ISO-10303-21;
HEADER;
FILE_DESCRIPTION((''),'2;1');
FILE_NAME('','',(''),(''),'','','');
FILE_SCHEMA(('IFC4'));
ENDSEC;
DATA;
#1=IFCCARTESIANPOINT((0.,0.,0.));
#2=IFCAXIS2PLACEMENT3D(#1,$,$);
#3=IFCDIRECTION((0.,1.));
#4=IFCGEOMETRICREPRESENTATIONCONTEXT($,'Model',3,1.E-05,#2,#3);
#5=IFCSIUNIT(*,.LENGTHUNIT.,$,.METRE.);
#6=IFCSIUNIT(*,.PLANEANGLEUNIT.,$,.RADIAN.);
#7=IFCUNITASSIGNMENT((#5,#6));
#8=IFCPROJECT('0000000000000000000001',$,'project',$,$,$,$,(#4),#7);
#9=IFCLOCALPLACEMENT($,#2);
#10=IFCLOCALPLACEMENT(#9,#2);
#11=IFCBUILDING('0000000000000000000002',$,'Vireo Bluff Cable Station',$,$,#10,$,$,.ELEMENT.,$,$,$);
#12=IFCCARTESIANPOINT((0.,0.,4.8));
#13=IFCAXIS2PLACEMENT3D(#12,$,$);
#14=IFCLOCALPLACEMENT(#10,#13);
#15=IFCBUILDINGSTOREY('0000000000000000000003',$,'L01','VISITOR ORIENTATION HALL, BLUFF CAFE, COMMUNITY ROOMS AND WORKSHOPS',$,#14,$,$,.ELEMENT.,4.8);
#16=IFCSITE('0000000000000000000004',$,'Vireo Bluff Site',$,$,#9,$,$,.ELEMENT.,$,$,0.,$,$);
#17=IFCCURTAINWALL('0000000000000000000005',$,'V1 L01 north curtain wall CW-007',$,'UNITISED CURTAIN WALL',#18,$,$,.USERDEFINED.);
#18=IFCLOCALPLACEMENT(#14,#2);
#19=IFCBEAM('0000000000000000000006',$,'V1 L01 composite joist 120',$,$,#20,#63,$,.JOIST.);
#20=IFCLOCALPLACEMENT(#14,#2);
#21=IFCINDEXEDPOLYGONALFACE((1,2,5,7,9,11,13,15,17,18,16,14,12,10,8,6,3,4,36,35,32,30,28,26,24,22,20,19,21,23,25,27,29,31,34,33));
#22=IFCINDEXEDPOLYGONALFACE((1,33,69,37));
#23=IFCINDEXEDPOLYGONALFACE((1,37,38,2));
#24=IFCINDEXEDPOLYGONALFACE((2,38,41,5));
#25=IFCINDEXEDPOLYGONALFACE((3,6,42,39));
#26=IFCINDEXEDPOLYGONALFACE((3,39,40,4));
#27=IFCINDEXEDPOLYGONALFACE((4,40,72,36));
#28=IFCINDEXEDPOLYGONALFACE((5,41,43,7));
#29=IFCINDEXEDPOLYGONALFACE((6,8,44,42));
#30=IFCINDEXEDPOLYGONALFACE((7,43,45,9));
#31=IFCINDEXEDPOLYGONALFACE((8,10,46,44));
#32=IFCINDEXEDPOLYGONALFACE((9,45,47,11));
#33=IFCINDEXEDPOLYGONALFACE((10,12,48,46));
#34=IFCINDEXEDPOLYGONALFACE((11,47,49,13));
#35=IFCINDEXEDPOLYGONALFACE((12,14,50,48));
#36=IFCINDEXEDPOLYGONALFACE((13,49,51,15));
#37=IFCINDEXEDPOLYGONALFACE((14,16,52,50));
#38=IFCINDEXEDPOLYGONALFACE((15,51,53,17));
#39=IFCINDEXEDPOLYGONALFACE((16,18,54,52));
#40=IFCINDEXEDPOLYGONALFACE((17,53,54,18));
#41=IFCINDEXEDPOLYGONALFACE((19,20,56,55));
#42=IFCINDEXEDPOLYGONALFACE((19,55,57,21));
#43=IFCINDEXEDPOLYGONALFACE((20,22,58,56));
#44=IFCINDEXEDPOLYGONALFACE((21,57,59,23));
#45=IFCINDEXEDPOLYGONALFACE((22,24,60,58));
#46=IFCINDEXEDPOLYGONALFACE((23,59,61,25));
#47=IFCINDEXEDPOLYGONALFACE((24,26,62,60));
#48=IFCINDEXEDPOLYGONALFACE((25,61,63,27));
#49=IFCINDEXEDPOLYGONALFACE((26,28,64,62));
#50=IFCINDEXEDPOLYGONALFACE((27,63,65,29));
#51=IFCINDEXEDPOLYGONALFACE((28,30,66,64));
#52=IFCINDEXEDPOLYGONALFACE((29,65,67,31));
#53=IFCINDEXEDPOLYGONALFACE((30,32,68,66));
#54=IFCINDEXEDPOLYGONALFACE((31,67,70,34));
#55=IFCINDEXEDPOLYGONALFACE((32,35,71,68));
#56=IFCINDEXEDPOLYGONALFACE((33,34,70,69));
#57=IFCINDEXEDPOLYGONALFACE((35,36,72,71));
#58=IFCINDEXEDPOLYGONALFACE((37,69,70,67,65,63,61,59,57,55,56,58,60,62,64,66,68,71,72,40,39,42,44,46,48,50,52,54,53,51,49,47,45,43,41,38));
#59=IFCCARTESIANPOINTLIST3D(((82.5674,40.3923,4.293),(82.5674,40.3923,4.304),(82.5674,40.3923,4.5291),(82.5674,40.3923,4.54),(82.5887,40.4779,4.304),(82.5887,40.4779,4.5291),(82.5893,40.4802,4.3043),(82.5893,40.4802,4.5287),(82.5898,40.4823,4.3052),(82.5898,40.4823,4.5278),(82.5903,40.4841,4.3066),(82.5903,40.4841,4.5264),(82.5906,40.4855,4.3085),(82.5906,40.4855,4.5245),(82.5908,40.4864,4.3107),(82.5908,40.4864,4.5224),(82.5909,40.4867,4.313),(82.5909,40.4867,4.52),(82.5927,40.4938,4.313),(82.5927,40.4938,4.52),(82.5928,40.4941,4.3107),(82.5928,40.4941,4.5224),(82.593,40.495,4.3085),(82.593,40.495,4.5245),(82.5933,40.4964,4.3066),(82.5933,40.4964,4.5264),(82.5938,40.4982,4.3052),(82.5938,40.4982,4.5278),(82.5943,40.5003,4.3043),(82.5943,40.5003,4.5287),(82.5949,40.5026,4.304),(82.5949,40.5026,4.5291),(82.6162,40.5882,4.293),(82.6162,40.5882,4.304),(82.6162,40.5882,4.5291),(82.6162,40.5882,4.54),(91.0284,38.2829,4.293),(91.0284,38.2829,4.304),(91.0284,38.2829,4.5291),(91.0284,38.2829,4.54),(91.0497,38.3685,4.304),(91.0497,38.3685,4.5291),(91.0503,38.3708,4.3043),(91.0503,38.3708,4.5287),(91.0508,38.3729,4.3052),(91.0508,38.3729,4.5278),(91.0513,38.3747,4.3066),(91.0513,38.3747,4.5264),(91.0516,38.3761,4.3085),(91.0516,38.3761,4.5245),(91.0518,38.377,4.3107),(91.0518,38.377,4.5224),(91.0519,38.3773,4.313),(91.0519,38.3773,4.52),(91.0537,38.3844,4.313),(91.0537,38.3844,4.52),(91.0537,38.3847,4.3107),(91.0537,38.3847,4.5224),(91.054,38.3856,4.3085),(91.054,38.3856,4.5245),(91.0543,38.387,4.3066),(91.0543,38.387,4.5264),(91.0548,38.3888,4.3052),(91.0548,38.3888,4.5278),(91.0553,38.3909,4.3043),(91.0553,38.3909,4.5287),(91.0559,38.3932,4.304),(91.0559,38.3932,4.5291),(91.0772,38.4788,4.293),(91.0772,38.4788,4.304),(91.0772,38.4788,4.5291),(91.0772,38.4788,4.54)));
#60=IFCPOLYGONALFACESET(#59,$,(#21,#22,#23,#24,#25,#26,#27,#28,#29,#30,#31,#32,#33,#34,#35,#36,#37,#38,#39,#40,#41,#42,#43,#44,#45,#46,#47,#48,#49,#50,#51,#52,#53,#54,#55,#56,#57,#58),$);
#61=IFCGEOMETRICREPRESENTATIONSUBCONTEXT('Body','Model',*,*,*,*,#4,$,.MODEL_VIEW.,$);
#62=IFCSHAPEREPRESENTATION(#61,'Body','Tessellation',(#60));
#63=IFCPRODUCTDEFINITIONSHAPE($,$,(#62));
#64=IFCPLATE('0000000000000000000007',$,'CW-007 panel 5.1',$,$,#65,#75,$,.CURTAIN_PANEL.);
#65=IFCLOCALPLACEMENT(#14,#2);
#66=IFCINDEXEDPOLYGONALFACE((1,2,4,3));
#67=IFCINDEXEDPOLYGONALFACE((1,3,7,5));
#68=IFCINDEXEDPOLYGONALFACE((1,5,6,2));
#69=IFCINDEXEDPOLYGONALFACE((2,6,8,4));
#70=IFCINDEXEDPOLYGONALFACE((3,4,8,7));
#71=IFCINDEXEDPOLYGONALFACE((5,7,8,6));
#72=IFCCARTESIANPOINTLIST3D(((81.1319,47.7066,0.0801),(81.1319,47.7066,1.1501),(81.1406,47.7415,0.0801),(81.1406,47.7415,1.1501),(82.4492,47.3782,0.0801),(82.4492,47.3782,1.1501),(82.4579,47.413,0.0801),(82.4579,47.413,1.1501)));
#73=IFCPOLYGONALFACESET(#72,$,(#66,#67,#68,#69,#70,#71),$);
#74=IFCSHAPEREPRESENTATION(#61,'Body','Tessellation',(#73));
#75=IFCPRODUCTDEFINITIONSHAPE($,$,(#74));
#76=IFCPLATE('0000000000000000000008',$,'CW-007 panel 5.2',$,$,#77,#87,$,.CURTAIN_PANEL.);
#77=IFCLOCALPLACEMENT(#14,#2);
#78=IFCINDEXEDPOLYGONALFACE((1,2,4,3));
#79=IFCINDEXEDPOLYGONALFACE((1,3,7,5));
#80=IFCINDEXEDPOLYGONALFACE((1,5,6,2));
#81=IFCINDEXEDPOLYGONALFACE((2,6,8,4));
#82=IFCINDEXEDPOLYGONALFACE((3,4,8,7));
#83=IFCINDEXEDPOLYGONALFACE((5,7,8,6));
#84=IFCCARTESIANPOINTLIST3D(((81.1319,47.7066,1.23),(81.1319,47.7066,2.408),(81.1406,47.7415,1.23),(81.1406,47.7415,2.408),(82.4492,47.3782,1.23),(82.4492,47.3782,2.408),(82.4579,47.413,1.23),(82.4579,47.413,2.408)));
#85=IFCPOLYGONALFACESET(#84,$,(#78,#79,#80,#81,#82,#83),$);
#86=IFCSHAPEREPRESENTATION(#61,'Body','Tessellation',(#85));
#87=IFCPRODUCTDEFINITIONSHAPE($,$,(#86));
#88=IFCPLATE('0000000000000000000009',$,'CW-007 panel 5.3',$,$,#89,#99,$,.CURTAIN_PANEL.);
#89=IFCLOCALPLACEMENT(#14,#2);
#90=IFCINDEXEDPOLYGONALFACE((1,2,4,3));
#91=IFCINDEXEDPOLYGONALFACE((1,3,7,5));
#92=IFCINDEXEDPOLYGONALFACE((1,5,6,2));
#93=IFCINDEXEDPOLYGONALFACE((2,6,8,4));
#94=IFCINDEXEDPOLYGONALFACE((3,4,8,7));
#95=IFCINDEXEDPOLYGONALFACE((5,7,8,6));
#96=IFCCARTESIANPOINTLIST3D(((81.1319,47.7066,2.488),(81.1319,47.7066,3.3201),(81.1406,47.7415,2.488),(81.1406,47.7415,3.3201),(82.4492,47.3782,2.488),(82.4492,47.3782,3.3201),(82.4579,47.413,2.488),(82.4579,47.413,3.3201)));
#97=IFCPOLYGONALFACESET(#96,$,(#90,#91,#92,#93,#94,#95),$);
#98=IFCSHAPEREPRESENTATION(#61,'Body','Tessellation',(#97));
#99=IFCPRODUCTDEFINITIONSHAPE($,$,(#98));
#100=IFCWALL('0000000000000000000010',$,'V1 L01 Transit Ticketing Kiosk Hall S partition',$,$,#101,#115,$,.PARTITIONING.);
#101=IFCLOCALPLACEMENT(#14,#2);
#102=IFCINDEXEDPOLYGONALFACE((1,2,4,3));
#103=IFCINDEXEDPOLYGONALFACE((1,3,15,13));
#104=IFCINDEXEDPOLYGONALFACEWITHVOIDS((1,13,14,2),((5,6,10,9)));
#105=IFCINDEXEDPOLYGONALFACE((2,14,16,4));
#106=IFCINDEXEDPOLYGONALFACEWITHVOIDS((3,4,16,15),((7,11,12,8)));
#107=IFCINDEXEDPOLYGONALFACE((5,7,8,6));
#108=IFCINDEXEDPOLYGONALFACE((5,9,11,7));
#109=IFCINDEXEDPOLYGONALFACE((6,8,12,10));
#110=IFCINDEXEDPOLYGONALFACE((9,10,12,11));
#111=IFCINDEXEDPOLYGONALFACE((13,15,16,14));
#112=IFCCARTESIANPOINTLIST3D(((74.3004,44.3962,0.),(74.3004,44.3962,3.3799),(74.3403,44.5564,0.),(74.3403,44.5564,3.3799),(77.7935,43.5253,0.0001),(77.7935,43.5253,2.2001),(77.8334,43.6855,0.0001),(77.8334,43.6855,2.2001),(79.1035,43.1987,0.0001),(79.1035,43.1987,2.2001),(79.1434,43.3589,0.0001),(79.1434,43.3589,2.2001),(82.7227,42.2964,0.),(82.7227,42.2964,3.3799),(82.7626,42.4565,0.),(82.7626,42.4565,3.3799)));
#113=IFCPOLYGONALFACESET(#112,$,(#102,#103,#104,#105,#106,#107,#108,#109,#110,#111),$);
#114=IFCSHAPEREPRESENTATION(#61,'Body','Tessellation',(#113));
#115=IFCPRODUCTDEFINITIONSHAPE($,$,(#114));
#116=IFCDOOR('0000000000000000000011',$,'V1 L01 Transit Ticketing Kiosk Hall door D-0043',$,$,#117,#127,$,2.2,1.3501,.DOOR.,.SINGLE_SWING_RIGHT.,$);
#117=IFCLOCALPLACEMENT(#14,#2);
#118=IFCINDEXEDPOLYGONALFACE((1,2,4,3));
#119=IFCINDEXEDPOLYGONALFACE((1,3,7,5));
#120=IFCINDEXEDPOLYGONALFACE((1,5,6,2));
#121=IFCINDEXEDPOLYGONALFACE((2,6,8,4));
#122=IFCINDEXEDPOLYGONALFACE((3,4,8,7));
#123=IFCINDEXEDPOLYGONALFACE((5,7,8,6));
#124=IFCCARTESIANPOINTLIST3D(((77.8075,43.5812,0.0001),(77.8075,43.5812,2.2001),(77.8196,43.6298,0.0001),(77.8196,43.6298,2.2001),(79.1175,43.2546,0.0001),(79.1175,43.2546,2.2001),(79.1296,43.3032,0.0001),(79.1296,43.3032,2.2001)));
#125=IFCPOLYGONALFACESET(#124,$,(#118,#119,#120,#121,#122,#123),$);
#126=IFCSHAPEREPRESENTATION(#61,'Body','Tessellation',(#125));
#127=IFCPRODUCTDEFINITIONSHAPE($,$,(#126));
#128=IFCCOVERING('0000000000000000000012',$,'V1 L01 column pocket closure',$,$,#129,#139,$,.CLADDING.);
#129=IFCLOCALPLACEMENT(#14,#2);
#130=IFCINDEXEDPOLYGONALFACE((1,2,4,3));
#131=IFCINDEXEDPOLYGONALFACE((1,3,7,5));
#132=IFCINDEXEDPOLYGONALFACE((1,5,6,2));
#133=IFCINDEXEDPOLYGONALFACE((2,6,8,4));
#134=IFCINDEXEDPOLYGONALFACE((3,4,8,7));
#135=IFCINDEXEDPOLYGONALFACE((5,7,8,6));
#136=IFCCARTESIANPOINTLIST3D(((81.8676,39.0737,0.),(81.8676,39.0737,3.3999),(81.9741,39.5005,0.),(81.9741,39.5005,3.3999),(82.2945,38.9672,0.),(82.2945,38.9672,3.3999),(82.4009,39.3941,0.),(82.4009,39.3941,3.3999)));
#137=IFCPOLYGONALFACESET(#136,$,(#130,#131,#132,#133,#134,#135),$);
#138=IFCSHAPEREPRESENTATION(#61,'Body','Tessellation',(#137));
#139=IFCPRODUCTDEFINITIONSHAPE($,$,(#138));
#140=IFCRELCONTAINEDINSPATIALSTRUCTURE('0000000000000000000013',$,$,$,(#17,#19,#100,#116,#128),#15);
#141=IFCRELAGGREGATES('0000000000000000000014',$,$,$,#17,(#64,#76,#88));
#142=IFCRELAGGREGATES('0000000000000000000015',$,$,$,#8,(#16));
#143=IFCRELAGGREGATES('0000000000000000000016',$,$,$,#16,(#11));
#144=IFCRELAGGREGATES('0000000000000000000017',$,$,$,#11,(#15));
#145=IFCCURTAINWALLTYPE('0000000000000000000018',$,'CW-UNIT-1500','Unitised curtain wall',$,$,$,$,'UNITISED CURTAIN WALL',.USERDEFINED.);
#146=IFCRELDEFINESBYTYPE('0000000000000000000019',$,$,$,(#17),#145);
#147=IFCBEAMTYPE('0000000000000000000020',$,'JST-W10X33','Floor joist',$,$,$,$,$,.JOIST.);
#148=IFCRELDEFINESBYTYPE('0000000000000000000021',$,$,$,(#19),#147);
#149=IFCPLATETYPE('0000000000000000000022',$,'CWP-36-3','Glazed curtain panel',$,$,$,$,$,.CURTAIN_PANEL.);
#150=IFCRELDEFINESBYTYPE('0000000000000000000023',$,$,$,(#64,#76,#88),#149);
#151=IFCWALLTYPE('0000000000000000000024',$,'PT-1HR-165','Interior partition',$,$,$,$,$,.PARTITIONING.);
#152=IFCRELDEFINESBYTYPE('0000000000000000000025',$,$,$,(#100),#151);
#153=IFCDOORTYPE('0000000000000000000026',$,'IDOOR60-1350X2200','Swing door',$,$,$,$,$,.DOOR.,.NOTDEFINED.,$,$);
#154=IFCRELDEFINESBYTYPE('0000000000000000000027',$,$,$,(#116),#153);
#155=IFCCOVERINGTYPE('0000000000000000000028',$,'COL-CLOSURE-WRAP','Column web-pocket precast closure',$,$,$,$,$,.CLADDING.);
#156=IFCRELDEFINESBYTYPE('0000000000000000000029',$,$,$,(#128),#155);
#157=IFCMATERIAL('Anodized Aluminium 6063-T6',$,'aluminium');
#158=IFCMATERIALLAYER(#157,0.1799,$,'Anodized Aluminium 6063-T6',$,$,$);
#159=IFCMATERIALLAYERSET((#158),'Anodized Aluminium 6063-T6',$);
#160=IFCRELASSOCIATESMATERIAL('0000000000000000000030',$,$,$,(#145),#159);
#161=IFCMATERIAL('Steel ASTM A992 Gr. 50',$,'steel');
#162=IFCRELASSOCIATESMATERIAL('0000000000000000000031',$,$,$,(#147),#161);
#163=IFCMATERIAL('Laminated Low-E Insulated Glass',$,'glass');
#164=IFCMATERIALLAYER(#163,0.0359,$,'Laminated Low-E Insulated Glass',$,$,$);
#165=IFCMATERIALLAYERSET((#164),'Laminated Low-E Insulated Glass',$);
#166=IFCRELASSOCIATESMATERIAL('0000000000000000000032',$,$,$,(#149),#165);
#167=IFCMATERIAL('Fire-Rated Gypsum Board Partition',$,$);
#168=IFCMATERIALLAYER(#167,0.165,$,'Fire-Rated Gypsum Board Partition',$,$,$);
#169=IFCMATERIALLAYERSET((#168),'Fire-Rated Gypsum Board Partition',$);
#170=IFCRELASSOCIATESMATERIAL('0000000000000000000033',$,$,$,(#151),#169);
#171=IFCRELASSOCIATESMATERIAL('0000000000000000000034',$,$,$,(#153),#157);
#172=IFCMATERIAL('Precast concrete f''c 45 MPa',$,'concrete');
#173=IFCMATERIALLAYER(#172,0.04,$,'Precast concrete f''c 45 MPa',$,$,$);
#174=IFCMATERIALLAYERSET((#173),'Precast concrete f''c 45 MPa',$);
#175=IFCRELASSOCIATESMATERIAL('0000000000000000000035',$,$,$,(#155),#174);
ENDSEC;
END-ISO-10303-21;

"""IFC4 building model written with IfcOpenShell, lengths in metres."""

from ifc_helpers import new_model, si_unit, direction, frame, frame_2d, origin, origin_with_axes, origin_2d, place, context, subcontext, project, spatial, rectangle, i_section, extrude, material, layer, layer_set, material_profile, profile_set, type_object, element, fill, aggregate, save


model = new_model("IFC4")

# Units and contexts
model_context = context("Model", 3, precision=1e-05, world=origin(), true_north=direction((0.0, 1.0)))
body_context = subcontext(model_context, "Body", "Model", "MODEL_VIEW")
ifc_project = project(units=[si_unit("LENGTHUNIT", "METRE"), si_unit("PLANEANGLEUNIT", "RADIAN")], contexts=[model_context])

# Site, building, storey
site_placement = place(None, origin())
site = spatial("IfcSite", under=ifc_project, at=site_placement, Name="Vireo Bluff Site", CompositionType="ELEMENT", RefElevation=0.0)
building_placement = place(site_placement, origin())
building = spatial("IfcBuilding", under=site, at=building_placement, Name="Vireo Bluff Cable Station", CompositionType="ELEMENT")
storey_placement = place(building_placement, frame((0.0, 0.0, 4.8)))
storey = spatial("IfcBuildingStorey", under=building, at=storey_placement, Name="L01", Description="VISITOR ORIENTATION HALL, BLUFF CAFE, COMMUNITY ROOMS AND WORKSHOPS", CompositionType="ELEMENT", Elevation=4.8)

# Shared definitions
ifc_material_1 = material(Name="Steel ASTM A992 Gr. 50", Category="steel")

# Shared definitions
ifc_material_2 = material(Name="Anodized Aluminium 6063-T6", Category="aluminium")

# Curtain wall
ifc_layer_1 = layer(ifc_material_2, 0.1799, Name="Anodized Aluminium 6063-T6")
ifc_layer_set_1 = layer_set([ifc_layer_1], Name="Anodized Aluminium 6063-T6")
curtain_wall_type_1 = type_object("IfcCurtainWallType", Name="CW-UNIT-1500", Description="Unitised curtain wall", ElementType="UNITISED CURTAIN WALL", PredefinedType="USERDEFINED", material=ifc_layer_set_1)
curtain_wall_1_placement = place(storey_placement, origin())
curtain_wall_1 = element("IfcCurtainWall", 1, at=curtain_wall_1_placement, inside=storey, type_object=curtain_wall_type_1, Name="V1 L01 north curtain wall CW-007", ObjectType="UNITISED CURTAIN WALL", PredefinedType="USERDEFINED")

# Beam
ifc_material_profile_1 = material_profile(ifc_material_1, i_section(OverallWidth=0.2019, OverallDepth=0.2471, WebThickness=0.0073, FlangeThickness=0.011, FilletRadius=0.009, at=origin_2d()), Name="W10X33")
ifc_profile_set_1 = profile_set([ifc_material_profile_1], Name="Steel ASTM A992 Gr. 50")
beam_type_1 = type_object("IfcBeamType", Name="JST-W10X33", Description="Floor joist", PredefinedType="JOIST", material=ifc_profile_set_1)
beam_1_placement = place(storey_placement, frame((82.5918, 40.4902, 4.4165), z_axis=(0.9703, -0.241903, 0.0), x_axis=(0.241903, 0.9703, 0.0)))
element("IfcBeam", 2, at=beam_1_placement, inside=storey, type_object=beam_type_1, Name="V1 L01 composite joist 120", PredefinedType="JOIST", context=body_context, shape_type="SweptSolid", body=[
    extrude(i_section(OverallWidth=0.2019, OverallDepth=0.2471, WebThickness=0.0073, FlangeThickness=0.011, FilletRadius=0.009, at=origin_2d()), origin(), (0.0, 0.0, 1.0), 8.72),
])

# Plates
ifc_material_3 = material(Name="Laminated Low-E Insulated Glass", Category="glass")
ifc_layer_2 = layer(ifc_material_3, 0.0359, Name="Laminated Low-E Insulated Glass")
ifc_layer_set_2 = layer_set([ifc_layer_2], Name="Laminated Low-E Insulated Glass")
plate_type = type_object("IfcPlateType", Name="CWP-36-3", Description="Glazed curtain panel", PredefinedType="CURTAIN_PANEL", material=ifc_layer_set_2)
plate_1_placement = place(storey_placement, frame((81.7949, 47.5598, 0.0801), z_axis=(0.0, 0.0, 1.0), x_axis=(0.970296, -0.241922, 0.0)))
plate_1 = element("IfcPlate", 3, at=plate_1_placement, type_object=plate_type, Name="CW-007 panel 5.1", PredefinedType="CURTAIN_PANEL", context=body_context, shape_type="SweptSolid", body=[
    extrude(rectangle(XDim=1.3577, YDim=0.0359, at=origin_2d()), origin(), (0.0, 0.0, 1.0), 1.0701),
])
plate_2_placement = place(storey_placement, frame((81.7949, 47.5598, 1.23), z_axis=(0.0, 0.0, 1.0), x_axis=(0.970296, -0.241922, 0.0)))
plate_2 = element("IfcPlate", 4, at=plate_2_placement, type_object=plate_type, Name="CW-007 panel 5.2", PredefinedType="CURTAIN_PANEL", context=body_context, shape_type="SweptSolid", body=[
    extrude(rectangle(XDim=1.3577, YDim=0.0359, at=origin_2d()), origin(), (0.0, 0.0, 1.0), 1.178),
])
plate_3_placement = place(storey_placement, frame((81.7949, 47.5598, 2.488), z_axis=(0.0, 0.0, 1.0), x_axis=(0.970296, -0.241922, 0.0)))
plate_3 = element("IfcPlate", 5, at=plate_3_placement, type_object=plate_type, Name="CW-007 panel 5.3", PredefinedType="CURTAIN_PANEL", context=body_context, shape_type="SweptSolid", body=[
    extrude(rectangle(XDim=1.3577, YDim=0.0359, at=origin_2d()), origin(), (0.0, 0.0, 1.0), 0.832),
])
aggregate(curtain_wall_1, [plate_1, plate_2, plate_3])

# Wall, opening, door
ifc_material_4 = material(Name="Fire-Rated Gypsum Board Partition")
ifc_layer_3 = layer(ifc_material_4, 0.165, Name="Fire-Rated Gypsum Board Partition")
ifc_layer_set_3 = layer_set([ifc_layer_3], Name="Fire-Rated Gypsum Board Partition")
wall_type = type_object("IfcWallType", Name="PT-1HR-165", Description="Interior partition", PredefinedType="PARTITIONING", material=ifc_layer_set_3)
wall_placement = place(storey_placement, frame((82.7427, 42.3765, 0.0), z_axis=(0.0, 0.0, 1.0), x_axis=(-0.970298, 0.241913, 0.0)))
wall = element("IfcWall", 6, at=wall_placement, inside=storey, type_object=wall_type, Name="V1 L01 Transit Ticketing Kiosk Hall S partition", PredefinedType="PARTITIONING", context=body_context, shape_type="SweptSolid", body=[
    extrude(rectangle(XDim=8.6802, YDim=0.165, at=frame_2d((4.3401, 0.0))), origin(), (0.0, 0.0, 1.0), 3.3799),
])
opening_placement = place(wall_placement, frame((3.73, 0.0, 0.0)))
opening = element("IfcOpeningElement", 7, at=opening_placement, cuts=wall, PredefinedType="OPENING", context=body_context, shape_type="SweptSolid", body=[
    extrude(rectangle(XDim=1.3501, YDim=2.2, at=frame_2d((0.675, 1.1001))), frame((0.0, 0.0925, 0.0), z_axis=(0.0, -1.0, 0.0), x_axis=(1.0, 0.0, 0.0)), (0.0, 0.0, 1.0), 0.1851),
])
door_type = type_object("IfcDoorType", Name="IDOOR60-1350X2200", Description="Swing door", OperationType="NOTDEFINED", PredefinedType="DOOR", material=ifc_material_2)
door_placement = place(opening_placement, origin_with_axes())
door = element("IfcDoor", 8, at=door_placement, inside=storey, type_object=door_type, Name="V1 L01 Transit Ticketing Kiosk Hall door D-0043", OperationType="SINGLE_SWING_RIGHT", OverallHeight=2.2, OverallWidth=1.3501, PredefinedType="DOOR", context=body_context, shape_type="SweptSolid", body=[
    extrude(rectangle(XDim=1.3501, YDim=2.2, at=frame_2d((0.675, 1.1001))), frame((0.0, 0.0249, 0.0), z_axis=(0.0, -1.0, 0.0), x_axis=(1.0, 0.0, 0.0)), (0.0, 0.0, 1.0), 0.05),
])
fill(opening, door)

# Covering
ifc_material_5 = material(Name="Precast concrete f'c 45 MPa", Category="concrete")
ifc_layer_4 = layer(ifc_material_5, 0.04, Name="Precast concrete f'c 45 MPa")
ifc_layer_set_4 = layer_set([ifc_layer_4], Name="Precast concrete f'c 45 MPa")
covering_type = type_object("IfcCoveringType", Name="COL-CLOSURE-WRAP", Description="Column web-pocket precast closure", PredefinedType="CLADDING", material=ifc_layer_set_4)
covering_placement = place(storey_placement, frame((82.1343, 39.2339, 0.0), z_axis=(0.0, 0.0, 1.0), x_axis=(0.970296, -0.241922, 0.0)))
element("IfcCovering", 9, at=covering_placement, inside=storey, type_object=covering_type, Name="V1 L01 column pocket closure", PredefinedType="CLADDING", context=body_context, shape_type="SweptSolid", body=[
    extrude(rectangle(XDim=0.4399, YDim=0.4399, at=origin_2d()), origin(), (0.0, 0.0, 1.0), 3.3999),
])

save(model, "model.ifc")
